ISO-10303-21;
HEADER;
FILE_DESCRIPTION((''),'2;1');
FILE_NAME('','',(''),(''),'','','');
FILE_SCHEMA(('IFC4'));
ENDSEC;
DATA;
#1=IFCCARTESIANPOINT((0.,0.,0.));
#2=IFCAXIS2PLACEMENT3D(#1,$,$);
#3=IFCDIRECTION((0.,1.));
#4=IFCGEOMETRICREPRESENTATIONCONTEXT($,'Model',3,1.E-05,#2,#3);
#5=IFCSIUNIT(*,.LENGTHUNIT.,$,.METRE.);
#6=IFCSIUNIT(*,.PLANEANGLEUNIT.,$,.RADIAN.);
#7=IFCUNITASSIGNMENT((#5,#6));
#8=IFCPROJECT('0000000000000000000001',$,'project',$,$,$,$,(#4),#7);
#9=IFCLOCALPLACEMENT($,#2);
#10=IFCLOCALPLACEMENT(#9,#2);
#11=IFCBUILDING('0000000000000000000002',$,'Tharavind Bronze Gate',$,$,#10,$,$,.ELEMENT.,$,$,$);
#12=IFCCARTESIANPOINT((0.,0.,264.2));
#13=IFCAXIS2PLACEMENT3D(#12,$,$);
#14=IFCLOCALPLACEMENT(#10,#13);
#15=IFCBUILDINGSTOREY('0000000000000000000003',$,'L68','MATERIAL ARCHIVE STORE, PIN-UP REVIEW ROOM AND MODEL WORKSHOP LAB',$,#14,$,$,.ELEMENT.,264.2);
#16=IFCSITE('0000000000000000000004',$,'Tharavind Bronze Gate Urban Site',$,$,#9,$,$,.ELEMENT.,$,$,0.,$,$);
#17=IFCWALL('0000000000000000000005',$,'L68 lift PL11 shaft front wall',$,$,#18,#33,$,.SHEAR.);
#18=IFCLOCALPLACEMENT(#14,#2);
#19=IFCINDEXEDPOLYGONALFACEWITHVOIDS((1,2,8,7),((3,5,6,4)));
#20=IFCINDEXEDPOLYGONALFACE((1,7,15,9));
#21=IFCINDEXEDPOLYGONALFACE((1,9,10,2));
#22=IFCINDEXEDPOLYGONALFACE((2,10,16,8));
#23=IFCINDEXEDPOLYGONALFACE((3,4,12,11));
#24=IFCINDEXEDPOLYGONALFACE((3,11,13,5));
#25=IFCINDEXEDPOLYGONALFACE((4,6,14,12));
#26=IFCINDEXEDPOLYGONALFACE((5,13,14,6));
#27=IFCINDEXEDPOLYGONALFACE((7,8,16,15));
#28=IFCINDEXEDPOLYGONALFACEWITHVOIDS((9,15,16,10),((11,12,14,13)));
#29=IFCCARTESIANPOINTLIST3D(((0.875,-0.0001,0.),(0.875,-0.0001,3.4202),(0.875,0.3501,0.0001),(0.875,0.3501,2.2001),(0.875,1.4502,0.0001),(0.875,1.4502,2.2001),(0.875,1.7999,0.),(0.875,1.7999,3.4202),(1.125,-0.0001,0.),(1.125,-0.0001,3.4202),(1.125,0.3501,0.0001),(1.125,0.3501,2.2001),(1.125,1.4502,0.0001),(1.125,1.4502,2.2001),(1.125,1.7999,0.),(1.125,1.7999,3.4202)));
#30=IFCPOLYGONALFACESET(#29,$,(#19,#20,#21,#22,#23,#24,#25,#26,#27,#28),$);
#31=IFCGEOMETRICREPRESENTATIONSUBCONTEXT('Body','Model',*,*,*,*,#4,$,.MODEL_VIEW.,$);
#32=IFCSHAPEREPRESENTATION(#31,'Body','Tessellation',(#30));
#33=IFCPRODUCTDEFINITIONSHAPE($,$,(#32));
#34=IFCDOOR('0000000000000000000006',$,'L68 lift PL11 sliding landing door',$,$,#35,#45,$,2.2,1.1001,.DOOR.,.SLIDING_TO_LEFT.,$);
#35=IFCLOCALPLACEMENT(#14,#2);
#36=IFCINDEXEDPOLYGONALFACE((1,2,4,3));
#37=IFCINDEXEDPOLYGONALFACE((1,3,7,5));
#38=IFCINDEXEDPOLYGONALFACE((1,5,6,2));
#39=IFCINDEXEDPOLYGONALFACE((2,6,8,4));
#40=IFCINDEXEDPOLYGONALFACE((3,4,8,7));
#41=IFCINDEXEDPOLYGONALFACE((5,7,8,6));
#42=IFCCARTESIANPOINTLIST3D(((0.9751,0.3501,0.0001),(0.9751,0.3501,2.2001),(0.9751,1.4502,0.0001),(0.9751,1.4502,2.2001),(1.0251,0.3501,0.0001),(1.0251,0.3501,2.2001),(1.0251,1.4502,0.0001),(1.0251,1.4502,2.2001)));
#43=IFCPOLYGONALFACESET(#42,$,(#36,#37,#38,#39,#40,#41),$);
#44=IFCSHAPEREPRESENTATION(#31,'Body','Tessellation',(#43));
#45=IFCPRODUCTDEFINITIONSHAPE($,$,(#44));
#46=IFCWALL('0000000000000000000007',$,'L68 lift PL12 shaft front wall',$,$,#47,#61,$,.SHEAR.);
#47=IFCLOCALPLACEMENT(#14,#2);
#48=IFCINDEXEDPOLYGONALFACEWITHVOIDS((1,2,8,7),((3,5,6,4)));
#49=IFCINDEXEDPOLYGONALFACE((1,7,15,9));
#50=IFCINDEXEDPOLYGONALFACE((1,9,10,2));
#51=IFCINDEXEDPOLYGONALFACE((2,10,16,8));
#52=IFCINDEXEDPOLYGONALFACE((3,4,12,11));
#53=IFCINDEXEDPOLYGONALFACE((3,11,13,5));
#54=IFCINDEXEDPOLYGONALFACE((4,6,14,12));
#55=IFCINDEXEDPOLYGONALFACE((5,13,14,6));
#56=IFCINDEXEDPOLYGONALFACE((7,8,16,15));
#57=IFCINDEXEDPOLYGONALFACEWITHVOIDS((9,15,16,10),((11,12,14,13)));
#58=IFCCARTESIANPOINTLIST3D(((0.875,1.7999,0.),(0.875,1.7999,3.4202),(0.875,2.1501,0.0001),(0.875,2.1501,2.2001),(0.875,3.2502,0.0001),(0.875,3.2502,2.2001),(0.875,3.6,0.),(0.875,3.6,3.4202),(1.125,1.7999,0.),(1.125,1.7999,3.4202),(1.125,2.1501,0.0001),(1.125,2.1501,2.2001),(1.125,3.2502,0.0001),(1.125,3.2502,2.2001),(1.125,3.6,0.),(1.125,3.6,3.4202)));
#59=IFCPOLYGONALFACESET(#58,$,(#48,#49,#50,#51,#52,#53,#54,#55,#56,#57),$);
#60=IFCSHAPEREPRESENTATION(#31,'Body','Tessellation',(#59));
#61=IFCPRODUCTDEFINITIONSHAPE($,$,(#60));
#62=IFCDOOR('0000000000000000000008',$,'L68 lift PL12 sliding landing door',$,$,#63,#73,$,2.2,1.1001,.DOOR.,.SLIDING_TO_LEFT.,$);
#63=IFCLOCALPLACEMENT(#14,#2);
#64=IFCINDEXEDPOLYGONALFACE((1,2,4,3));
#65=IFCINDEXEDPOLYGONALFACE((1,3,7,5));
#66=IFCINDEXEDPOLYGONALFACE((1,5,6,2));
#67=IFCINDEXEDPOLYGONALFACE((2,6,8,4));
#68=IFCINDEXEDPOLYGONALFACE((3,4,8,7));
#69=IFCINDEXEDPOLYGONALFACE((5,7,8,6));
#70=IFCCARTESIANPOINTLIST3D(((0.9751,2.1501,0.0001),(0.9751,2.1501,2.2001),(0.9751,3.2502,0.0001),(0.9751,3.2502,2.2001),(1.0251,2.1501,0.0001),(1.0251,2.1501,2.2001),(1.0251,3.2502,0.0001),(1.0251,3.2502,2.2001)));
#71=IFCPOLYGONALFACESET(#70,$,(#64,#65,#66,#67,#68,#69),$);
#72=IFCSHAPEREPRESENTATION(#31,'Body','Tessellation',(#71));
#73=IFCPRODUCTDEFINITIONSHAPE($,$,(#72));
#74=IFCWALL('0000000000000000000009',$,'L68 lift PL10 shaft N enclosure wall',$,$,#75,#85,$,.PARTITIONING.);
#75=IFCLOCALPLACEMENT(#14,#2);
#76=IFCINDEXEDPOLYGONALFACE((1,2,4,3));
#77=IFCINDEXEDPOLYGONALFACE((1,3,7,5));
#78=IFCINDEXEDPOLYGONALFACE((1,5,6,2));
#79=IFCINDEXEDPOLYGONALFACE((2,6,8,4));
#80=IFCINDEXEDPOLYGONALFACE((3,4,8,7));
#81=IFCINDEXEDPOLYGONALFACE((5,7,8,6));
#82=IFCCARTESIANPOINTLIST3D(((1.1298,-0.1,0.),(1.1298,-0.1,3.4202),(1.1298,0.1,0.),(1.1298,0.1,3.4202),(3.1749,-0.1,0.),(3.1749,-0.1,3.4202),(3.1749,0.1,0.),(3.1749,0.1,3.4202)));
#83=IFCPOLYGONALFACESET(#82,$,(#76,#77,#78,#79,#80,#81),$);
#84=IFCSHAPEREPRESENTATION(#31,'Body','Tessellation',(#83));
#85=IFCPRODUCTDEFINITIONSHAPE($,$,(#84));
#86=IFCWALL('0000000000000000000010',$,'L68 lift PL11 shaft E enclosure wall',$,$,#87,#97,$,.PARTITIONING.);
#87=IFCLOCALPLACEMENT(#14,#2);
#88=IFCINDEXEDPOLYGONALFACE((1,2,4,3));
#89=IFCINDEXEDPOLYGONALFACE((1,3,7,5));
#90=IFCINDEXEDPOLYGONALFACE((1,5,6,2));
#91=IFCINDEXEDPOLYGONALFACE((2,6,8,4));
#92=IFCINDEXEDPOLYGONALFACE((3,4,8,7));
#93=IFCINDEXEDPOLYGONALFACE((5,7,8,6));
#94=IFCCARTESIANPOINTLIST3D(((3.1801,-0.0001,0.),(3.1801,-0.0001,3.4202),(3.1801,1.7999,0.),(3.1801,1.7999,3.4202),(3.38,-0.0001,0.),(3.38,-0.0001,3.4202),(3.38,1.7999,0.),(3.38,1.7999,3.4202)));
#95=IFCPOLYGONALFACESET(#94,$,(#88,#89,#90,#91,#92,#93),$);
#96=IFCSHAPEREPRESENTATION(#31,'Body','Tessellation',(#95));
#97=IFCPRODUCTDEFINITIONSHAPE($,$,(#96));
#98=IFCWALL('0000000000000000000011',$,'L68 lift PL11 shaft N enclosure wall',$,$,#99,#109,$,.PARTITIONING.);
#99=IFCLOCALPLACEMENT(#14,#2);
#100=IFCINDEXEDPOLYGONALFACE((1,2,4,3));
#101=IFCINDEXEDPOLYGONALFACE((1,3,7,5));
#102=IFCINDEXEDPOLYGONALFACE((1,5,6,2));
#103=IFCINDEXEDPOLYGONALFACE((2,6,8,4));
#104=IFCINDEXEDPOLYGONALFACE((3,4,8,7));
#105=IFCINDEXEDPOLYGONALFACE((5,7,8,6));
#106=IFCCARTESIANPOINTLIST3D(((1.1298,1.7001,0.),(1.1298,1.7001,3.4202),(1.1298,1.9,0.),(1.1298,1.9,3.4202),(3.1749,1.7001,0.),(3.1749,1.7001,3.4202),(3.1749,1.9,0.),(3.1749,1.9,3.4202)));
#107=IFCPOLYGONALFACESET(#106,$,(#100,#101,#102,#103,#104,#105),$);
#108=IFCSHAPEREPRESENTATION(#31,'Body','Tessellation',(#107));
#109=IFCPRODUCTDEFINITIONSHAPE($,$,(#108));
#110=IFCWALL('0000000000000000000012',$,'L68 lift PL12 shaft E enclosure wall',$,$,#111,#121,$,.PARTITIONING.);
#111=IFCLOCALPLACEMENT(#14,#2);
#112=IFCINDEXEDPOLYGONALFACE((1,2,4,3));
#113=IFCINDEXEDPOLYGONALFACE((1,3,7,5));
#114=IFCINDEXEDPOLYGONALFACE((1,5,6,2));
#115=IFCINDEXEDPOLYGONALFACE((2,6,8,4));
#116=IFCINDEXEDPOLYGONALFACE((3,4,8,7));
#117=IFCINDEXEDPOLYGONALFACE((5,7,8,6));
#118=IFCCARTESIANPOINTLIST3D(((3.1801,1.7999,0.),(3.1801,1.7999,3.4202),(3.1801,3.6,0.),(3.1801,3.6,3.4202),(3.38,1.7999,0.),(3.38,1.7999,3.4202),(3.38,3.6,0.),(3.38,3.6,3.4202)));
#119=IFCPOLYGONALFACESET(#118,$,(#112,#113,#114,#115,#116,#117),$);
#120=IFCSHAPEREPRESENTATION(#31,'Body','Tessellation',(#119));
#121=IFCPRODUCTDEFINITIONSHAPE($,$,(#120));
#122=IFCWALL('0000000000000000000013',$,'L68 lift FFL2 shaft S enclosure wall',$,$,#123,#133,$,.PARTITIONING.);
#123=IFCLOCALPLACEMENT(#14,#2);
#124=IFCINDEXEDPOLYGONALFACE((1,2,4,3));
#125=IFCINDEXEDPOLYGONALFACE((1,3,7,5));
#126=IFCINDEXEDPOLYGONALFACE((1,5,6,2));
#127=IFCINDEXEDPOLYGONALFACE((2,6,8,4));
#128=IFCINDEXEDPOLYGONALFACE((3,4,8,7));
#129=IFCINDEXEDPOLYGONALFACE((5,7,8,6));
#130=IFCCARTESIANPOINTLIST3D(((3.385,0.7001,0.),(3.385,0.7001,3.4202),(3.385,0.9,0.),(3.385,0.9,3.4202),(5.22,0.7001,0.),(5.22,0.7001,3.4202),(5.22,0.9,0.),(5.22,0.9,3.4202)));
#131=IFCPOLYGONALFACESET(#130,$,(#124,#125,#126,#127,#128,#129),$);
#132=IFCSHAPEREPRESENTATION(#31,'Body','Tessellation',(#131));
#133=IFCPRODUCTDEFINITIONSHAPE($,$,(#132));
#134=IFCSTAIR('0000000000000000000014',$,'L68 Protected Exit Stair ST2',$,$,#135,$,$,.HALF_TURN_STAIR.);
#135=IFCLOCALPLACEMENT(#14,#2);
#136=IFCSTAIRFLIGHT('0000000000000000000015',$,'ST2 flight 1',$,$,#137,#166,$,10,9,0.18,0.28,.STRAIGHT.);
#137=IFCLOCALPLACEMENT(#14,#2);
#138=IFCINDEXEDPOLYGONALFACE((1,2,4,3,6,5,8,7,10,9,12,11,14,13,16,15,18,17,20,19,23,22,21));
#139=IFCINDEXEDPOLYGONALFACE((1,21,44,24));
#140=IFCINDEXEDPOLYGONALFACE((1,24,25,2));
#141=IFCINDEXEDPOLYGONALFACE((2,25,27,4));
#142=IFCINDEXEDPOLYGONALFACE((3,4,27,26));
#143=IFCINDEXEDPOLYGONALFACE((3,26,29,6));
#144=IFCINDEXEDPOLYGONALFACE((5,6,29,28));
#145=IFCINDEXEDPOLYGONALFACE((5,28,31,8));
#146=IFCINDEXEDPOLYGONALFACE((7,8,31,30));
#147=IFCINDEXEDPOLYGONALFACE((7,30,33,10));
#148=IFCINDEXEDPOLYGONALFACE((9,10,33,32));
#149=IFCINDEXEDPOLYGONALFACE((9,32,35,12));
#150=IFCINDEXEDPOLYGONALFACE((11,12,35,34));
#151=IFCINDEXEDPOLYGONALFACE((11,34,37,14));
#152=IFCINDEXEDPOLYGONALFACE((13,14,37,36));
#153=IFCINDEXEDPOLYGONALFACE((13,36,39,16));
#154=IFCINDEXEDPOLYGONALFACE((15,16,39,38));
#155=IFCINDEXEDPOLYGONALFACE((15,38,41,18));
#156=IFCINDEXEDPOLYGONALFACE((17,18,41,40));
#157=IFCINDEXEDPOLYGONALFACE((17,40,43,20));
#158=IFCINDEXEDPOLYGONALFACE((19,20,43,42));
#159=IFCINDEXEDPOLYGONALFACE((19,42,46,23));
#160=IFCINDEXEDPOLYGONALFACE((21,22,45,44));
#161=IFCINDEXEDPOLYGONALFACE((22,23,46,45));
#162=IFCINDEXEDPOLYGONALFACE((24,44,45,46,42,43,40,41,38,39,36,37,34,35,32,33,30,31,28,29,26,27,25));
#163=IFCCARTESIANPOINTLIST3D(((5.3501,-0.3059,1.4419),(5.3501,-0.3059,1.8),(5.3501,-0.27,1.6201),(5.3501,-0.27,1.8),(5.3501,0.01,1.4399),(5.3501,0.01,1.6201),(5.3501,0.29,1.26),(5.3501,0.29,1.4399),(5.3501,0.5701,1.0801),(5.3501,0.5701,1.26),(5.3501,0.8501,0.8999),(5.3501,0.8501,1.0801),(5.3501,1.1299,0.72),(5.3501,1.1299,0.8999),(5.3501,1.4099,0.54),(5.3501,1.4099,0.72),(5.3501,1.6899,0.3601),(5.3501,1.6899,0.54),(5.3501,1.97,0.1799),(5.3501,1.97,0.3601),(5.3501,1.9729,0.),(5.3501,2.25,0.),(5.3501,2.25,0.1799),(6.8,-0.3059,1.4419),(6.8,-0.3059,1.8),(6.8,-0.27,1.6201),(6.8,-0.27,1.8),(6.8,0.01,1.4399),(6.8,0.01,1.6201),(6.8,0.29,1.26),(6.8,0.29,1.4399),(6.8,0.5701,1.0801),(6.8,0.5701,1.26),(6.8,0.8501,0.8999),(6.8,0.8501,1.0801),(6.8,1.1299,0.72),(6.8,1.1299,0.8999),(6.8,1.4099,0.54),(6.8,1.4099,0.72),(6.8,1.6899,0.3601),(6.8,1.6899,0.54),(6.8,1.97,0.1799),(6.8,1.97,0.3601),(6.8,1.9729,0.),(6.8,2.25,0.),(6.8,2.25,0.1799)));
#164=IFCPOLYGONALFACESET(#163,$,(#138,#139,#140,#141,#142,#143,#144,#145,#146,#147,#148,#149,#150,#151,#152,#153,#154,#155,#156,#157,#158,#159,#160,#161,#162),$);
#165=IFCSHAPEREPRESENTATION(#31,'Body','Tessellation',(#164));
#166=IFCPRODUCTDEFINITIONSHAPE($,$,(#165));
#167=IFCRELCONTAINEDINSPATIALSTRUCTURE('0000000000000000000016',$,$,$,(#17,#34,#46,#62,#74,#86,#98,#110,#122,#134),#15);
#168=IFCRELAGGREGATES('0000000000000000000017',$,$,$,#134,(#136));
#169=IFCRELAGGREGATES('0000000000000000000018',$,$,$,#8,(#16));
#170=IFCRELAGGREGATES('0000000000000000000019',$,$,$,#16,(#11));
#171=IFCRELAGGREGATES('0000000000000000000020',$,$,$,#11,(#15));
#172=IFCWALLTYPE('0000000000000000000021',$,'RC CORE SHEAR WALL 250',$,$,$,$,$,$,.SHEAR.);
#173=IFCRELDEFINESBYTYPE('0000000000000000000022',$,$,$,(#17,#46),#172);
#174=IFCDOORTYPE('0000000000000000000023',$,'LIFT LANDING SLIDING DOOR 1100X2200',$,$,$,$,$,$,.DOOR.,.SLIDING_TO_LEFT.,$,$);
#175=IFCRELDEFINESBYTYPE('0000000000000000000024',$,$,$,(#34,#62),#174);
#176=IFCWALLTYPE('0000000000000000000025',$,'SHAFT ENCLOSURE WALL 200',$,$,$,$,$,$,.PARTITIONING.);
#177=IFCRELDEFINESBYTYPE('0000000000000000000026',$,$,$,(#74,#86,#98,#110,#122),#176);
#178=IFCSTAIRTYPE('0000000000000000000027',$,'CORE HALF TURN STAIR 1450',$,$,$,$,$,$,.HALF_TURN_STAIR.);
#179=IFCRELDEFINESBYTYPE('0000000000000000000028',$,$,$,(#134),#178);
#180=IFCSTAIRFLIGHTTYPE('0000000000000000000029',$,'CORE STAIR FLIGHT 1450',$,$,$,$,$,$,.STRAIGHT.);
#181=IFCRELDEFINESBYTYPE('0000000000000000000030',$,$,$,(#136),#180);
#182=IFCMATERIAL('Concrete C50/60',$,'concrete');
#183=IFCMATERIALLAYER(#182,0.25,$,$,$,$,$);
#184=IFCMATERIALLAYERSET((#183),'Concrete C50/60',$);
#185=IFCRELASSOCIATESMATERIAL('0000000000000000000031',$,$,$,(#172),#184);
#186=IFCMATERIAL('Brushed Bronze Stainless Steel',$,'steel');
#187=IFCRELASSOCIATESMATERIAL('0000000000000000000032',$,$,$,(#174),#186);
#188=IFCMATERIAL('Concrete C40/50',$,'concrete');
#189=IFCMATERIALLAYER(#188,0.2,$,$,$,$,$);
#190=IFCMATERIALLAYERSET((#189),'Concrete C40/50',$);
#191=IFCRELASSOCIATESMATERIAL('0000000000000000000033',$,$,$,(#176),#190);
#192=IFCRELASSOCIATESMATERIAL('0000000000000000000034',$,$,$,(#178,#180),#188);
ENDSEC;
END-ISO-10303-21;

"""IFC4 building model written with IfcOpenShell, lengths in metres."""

from ifc_helpers import new_model, si_unit, direction, frame, frame_2d, origin, place, context, subcontext, project, spatial, polyline, rectangle, outline, extrude, material, layer, layer_set, type_object, element, fill, aggregate, save


model = new_model("IFC4")

# Units and contexts
model_context = context("Model", 3, precision=1e-05, world=origin(), true_north=direction((0.0, 1.0)))
body_context = subcontext(model_context, "Body", "Model", "MODEL_VIEW")
ifc_project = project(units=[si_unit("LENGTHUNIT", "METRE"), si_unit("PLANEANGLEUNIT", "RADIAN")], contexts=[model_context])

# Site, building, storey
site_placement = place(None, origin())
site = spatial("IfcSite", under=ifc_project, at=site_placement, Name="Tharavind Bronze Gate Urban Site", CompositionType="ELEMENT", RefElevation=0.0)
building_placement = place(site_placement, origin())
building = spatial("IfcBuilding", under=site, at=building_placement, Name="Tharavind Bronze Gate", CompositionType="ELEMENT")
storey_placement = place(building_placement, frame((0.0, 0.0, 264.2)))
storey = spatial("IfcBuildingStorey", under=building, at=storey_placement, Name="L68", Description="MATERIAL ARCHIVE STORE, PIN-UP REVIEW ROOM AND MODEL WORKSHOP LAB", CompositionType="ELEMENT", Elevation=264.2)

# Walls, openings, doors
ifc_material_1 = material(Name="Concrete C50/60", Category="concrete")
ifc_layer_1 = layer(ifc_material_1, 0.25)
ifc_layer_set_1 = layer_set([ifc_layer_1], Name="Concrete C50/60")
wall_type_1 = type_object("IfcWallType", Name="RC CORE SHEAR WALL 250", PredefinedType="SHEAR", material=ifc_layer_set_1)
wall_1_placement = place(storey_placement, frame((1.0, 0.0, 0.0), z_axis=(0.0, 0.0, 1.0), x_axis=(0.0, 1.0, 0.0)))
wall_1 = element("IfcWall", 1, at=wall_1_placement, inside=storey, type_object=wall_type_1, Name="L68 lift PL11 shaft front wall", PredefinedType="SHEAR", context=body_context, shape_type="SweptSolid", body=[
    extrude(rectangle(XDim=1.8, YDim=0.25, at=frame_2d((0.8999, 0.0))), origin(), (0.0, 0.0, 1.0), 3.4202),
])
opening_1_placement = place(wall_1_placement, frame((0.3501, 0.0, 0.0)))
opening_1 = element("IfcOpeningElement", 2, at=opening_1_placement, cuts=wall_1, PredefinedType="OPENING", context=body_context, shape_type="SweptSolid", body=[
    extrude(rectangle(XDim=1.1001, YDim=2.2, at=frame_2d((0.55, 1.1001))), frame((0.0, 0.135, 0.0), z_axis=(0.0, -1.0, 0.0), x_axis=(1.0, 0.0, 0.0)), (0.0, 0.0, 1.0), 0.27),
])
ifc_material_2 = material(Name="Brushed Bronze Stainless Steel", Category="steel")
door_type = type_object("IfcDoorType", Name="LIFT LANDING SLIDING DOOR 1100X2200", OperationType="SLIDING_TO_LEFT", PredefinedType="DOOR", material=ifc_material_2)
door_1_placement = place(opening_1_placement, origin())
door_1 = element("IfcDoor", 3, at=door_1_placement, inside=storey, type_object=door_type, Name="L68 lift PL11 sliding landing door", OperationType="SLIDING_TO_LEFT", OverallHeight=2.2, OverallWidth=1.1001, PredefinedType="DOOR", context=body_context, shape_type="SweptSolid", body=[
    extrude(rectangle(XDim=1.1001, YDim=2.2, at=frame_2d((0.55, 1.1001))), frame((0.0, 0.0249, 0.0), z_axis=(0.0, -1.0, 0.0), x_axis=(1.0, 0.0, 0.0)), (0.0, 0.0, 1.0), 0.05),
])
fill(opening_1, door_1)
wall_2_placement = place(storey_placement, frame((1.0, 1.8, 0.0), z_axis=(0.0, 0.0, 1.0), x_axis=(0.0, 1.0, 0.0)))
wall_2 = element("IfcWall", 4, at=wall_2_placement, inside=storey, type_object=wall_type_1, Name="L68 lift PL12 shaft front wall", PredefinedType="SHEAR", context=body_context, shape_type="SweptSolid", body=[
    extrude(rectangle(XDim=1.8, YDim=0.25, at=frame_2d((0.8999, 0.0))), origin(), (0.0, 0.0, 1.0), 3.4202),
])
opening_2_placement = place(wall_2_placement, frame((0.3501, 0.0, 0.0)))
opening_2 = element("IfcOpeningElement", 5, at=opening_2_placement, cuts=wall_2, PredefinedType="OPENING", context=body_context, shape_type="SweptSolid", body=[
    extrude(rectangle(XDim=1.1001, YDim=2.2, at=frame_2d((0.55, 1.1001))), frame((0.0, 0.135, 0.0), z_axis=(0.0, -1.0, 0.0), x_axis=(1.0, 0.0, 0.0)), (0.0, 0.0, 1.0), 0.27),
])
door_2_placement = place(opening_2_placement, origin())
door_2 = element("IfcDoor", 6, at=door_2_placement, inside=storey, type_object=door_type, Name="L68 lift PL12 sliding landing door", OperationType="SLIDING_TO_LEFT", OverallHeight=2.2, OverallWidth=1.1001, PredefinedType="DOOR", context=body_context, shape_type="SweptSolid", body=[
    extrude(rectangle(XDim=1.1001, YDim=2.2, at=frame_2d((0.55, 1.1001))), frame((0.0, 0.0249, 0.0), z_axis=(0.0, -1.0, 0.0), x_axis=(1.0, 0.0, 0.0)), (0.0, 0.0, 1.0), 0.05),
])
fill(opening_2, door_2)

# Walls
ifc_material_3 = material(Name="Concrete C40/50", Category="concrete")
ifc_layer_2 = layer(ifc_material_3, 0.2)
ifc_layer_set_2 = layer_set([ifc_layer_2], Name="Concrete C40/50")
wall_type_2 = type_object("IfcWallType", Name="SHAFT ENCLOSURE WALL 200", PredefinedType="PARTITIONING", material=ifc_layer_set_2)
wall_3_placement = place(storey_placement, frame((1.1299, 0.0, 0.0), z_axis=(0.0, 0.0, 1.0), x_axis=(1.0, 0.0, 0.0)))
element("IfcWall", 7, at=wall_3_placement, inside=storey, type_object=wall_type_2, Name="L68 lift PL10 shaft N enclosure wall", PredefinedType="PARTITIONING", context=body_context, shape_type="SweptSolid", body=[
    extrude(rectangle(XDim=2.0452, YDim=0.2, at=frame_2d((1.0225, 0.0))), origin(), (0.0, 0.0, 1.0), 3.4202),
])
wall_4_placement = place(storey_placement, frame((3.28, 0.0, 0.0), z_axis=(0.0, 0.0, 1.0), x_axis=(0.0, 1.0, 0.0)))
element("IfcWall", 8, at=wall_4_placement, inside=storey, type_object=wall_type_2, Name="L68 lift PL11 shaft E enclosure wall", PredefinedType="PARTITIONING", context=body_context, shape_type="SweptSolid", body=[
    extrude(rectangle(XDim=1.8, YDim=0.2, at=frame_2d((0.8999, 0.0))), origin(), (0.0, 0.0, 1.0), 3.4202),
])
wall_5_placement = place(storey_placement, frame((1.1299, 1.8, 0.0), z_axis=(0.0, 0.0, 1.0), x_axis=(1.0, 0.0, 0.0)))
element("IfcWall", 9, at=wall_5_placement, inside=storey, type_object=wall_type_2, Name="L68 lift PL11 shaft N enclosure wall", PredefinedType="PARTITIONING", context=body_context, shape_type="SweptSolid", body=[
    extrude(rectangle(XDim=2.0452, YDim=0.2, at=frame_2d((1.0225, 0.0))), origin(), (0.0, 0.0, 1.0), 3.4202),
])
wall_6_placement = place(storey_placement, frame((3.28, 1.8, 0.0), z_axis=(0.0, 0.0, 1.0), x_axis=(0.0, 1.0, 0.0)))
element("IfcWall", 10, at=wall_6_placement, inside=storey, type_object=wall_type_2, Name="L68 lift PL12 shaft E enclosure wall", PredefinedType="PARTITIONING", context=body_context, shape_type="SweptSolid", body=[
    extrude(rectangle(XDim=1.8, YDim=0.2, at=frame_2d((0.8999, 0.0))), origin(), (0.0, 0.0, 1.0), 3.4202),
])
wall_7_placement = place(storey_placement, frame((3.385, 0.8, 0.0), z_axis=(0.0, 0.0, 1.0), x_axis=(1.0, 0.0, 0.0)))
element("IfcWall", 11, at=wall_7_placement, inside=storey, type_object=wall_type_2, Name="L68 lift FFL2 shaft S enclosure wall", PredefinedType="PARTITIONING", context=body_context, shape_type="SweptSolid", body=[
    extrude(rectangle(XDim=1.835, YDim=0.2, at=frame_2d((0.9175, 0.0))), origin(), (0.0, 0.0, 1.0), 3.4202),
])

# Stair, stair flight
stair_type = type_object("IfcStairType", Name="CORE HALF TURN STAIR 1450", PredefinedType="HALF_TURN_STAIR", material=ifc_material_3)
stair_placement = place(storey_placement, origin())
stair = element("IfcStair", 12, at=stair_placement, inside=storey, type_object=stair_type, Name="L68 Protected Exit Stair ST2", PredefinedType="HALF_TURN_STAIR")
stair_flight_type = type_object("IfcStairFlightType", Name="CORE STAIR FLIGHT 1450", PredefinedType="STRAIGHT", material=ifc_material_3)
stair_flight_1_placement = place(storey_placement, frame((6.075, 2.25, 0.0), z_axis=(0.0, 0.0, 1.0), x_axis=(0.0, -1.0, 0.0)))
stair_flight_1 = element("IfcStairFlight", 13, at=stair_flight_1_placement, type_object=stair_flight_type, Name="ST2 flight 1", NumberOfRisers=10, NumberOfTreads=9, PredefinedType="STRAIGHT", RiserHeight=0.18, TreadLength=0.28, context=body_context, shape_type="SweptSolid", body=[
    extrude(outline(polyline([(0.0, 0.0), (0.0, 0.1799), (0.28, 0.1799), (0.28, 0.3601), (0.5601, 0.3601), (0.5601, 0.54), (0.8401, 0.54), (0.8401, 0.72), (1.1201, 0.72), (1.1201, 0.8999), (1.3999, 0.8999), (1.3999, 1.0801), (1.6799, 1.0801), (1.6799, 1.26), (1.96, 1.26), (1.96, 1.4399), (2.24, 1.4399), (2.24, 1.6201), (2.52, 1.6201), (2.52, 1.8), (2.5559, 1.8), (2.5559, 1.4419), (0.2771, 0.0), (0.0, 0.0)])), frame((0.0, 0.7251, 0.0), z_axis=(0.0, -1.0, 0.0), x_axis=(1.0, 0.0, 0.0)), (0.0, 0.0, 1.0), 1.45),
])
aggregate(stair, [stair_flight_1])

save(model, "model.ifc")
